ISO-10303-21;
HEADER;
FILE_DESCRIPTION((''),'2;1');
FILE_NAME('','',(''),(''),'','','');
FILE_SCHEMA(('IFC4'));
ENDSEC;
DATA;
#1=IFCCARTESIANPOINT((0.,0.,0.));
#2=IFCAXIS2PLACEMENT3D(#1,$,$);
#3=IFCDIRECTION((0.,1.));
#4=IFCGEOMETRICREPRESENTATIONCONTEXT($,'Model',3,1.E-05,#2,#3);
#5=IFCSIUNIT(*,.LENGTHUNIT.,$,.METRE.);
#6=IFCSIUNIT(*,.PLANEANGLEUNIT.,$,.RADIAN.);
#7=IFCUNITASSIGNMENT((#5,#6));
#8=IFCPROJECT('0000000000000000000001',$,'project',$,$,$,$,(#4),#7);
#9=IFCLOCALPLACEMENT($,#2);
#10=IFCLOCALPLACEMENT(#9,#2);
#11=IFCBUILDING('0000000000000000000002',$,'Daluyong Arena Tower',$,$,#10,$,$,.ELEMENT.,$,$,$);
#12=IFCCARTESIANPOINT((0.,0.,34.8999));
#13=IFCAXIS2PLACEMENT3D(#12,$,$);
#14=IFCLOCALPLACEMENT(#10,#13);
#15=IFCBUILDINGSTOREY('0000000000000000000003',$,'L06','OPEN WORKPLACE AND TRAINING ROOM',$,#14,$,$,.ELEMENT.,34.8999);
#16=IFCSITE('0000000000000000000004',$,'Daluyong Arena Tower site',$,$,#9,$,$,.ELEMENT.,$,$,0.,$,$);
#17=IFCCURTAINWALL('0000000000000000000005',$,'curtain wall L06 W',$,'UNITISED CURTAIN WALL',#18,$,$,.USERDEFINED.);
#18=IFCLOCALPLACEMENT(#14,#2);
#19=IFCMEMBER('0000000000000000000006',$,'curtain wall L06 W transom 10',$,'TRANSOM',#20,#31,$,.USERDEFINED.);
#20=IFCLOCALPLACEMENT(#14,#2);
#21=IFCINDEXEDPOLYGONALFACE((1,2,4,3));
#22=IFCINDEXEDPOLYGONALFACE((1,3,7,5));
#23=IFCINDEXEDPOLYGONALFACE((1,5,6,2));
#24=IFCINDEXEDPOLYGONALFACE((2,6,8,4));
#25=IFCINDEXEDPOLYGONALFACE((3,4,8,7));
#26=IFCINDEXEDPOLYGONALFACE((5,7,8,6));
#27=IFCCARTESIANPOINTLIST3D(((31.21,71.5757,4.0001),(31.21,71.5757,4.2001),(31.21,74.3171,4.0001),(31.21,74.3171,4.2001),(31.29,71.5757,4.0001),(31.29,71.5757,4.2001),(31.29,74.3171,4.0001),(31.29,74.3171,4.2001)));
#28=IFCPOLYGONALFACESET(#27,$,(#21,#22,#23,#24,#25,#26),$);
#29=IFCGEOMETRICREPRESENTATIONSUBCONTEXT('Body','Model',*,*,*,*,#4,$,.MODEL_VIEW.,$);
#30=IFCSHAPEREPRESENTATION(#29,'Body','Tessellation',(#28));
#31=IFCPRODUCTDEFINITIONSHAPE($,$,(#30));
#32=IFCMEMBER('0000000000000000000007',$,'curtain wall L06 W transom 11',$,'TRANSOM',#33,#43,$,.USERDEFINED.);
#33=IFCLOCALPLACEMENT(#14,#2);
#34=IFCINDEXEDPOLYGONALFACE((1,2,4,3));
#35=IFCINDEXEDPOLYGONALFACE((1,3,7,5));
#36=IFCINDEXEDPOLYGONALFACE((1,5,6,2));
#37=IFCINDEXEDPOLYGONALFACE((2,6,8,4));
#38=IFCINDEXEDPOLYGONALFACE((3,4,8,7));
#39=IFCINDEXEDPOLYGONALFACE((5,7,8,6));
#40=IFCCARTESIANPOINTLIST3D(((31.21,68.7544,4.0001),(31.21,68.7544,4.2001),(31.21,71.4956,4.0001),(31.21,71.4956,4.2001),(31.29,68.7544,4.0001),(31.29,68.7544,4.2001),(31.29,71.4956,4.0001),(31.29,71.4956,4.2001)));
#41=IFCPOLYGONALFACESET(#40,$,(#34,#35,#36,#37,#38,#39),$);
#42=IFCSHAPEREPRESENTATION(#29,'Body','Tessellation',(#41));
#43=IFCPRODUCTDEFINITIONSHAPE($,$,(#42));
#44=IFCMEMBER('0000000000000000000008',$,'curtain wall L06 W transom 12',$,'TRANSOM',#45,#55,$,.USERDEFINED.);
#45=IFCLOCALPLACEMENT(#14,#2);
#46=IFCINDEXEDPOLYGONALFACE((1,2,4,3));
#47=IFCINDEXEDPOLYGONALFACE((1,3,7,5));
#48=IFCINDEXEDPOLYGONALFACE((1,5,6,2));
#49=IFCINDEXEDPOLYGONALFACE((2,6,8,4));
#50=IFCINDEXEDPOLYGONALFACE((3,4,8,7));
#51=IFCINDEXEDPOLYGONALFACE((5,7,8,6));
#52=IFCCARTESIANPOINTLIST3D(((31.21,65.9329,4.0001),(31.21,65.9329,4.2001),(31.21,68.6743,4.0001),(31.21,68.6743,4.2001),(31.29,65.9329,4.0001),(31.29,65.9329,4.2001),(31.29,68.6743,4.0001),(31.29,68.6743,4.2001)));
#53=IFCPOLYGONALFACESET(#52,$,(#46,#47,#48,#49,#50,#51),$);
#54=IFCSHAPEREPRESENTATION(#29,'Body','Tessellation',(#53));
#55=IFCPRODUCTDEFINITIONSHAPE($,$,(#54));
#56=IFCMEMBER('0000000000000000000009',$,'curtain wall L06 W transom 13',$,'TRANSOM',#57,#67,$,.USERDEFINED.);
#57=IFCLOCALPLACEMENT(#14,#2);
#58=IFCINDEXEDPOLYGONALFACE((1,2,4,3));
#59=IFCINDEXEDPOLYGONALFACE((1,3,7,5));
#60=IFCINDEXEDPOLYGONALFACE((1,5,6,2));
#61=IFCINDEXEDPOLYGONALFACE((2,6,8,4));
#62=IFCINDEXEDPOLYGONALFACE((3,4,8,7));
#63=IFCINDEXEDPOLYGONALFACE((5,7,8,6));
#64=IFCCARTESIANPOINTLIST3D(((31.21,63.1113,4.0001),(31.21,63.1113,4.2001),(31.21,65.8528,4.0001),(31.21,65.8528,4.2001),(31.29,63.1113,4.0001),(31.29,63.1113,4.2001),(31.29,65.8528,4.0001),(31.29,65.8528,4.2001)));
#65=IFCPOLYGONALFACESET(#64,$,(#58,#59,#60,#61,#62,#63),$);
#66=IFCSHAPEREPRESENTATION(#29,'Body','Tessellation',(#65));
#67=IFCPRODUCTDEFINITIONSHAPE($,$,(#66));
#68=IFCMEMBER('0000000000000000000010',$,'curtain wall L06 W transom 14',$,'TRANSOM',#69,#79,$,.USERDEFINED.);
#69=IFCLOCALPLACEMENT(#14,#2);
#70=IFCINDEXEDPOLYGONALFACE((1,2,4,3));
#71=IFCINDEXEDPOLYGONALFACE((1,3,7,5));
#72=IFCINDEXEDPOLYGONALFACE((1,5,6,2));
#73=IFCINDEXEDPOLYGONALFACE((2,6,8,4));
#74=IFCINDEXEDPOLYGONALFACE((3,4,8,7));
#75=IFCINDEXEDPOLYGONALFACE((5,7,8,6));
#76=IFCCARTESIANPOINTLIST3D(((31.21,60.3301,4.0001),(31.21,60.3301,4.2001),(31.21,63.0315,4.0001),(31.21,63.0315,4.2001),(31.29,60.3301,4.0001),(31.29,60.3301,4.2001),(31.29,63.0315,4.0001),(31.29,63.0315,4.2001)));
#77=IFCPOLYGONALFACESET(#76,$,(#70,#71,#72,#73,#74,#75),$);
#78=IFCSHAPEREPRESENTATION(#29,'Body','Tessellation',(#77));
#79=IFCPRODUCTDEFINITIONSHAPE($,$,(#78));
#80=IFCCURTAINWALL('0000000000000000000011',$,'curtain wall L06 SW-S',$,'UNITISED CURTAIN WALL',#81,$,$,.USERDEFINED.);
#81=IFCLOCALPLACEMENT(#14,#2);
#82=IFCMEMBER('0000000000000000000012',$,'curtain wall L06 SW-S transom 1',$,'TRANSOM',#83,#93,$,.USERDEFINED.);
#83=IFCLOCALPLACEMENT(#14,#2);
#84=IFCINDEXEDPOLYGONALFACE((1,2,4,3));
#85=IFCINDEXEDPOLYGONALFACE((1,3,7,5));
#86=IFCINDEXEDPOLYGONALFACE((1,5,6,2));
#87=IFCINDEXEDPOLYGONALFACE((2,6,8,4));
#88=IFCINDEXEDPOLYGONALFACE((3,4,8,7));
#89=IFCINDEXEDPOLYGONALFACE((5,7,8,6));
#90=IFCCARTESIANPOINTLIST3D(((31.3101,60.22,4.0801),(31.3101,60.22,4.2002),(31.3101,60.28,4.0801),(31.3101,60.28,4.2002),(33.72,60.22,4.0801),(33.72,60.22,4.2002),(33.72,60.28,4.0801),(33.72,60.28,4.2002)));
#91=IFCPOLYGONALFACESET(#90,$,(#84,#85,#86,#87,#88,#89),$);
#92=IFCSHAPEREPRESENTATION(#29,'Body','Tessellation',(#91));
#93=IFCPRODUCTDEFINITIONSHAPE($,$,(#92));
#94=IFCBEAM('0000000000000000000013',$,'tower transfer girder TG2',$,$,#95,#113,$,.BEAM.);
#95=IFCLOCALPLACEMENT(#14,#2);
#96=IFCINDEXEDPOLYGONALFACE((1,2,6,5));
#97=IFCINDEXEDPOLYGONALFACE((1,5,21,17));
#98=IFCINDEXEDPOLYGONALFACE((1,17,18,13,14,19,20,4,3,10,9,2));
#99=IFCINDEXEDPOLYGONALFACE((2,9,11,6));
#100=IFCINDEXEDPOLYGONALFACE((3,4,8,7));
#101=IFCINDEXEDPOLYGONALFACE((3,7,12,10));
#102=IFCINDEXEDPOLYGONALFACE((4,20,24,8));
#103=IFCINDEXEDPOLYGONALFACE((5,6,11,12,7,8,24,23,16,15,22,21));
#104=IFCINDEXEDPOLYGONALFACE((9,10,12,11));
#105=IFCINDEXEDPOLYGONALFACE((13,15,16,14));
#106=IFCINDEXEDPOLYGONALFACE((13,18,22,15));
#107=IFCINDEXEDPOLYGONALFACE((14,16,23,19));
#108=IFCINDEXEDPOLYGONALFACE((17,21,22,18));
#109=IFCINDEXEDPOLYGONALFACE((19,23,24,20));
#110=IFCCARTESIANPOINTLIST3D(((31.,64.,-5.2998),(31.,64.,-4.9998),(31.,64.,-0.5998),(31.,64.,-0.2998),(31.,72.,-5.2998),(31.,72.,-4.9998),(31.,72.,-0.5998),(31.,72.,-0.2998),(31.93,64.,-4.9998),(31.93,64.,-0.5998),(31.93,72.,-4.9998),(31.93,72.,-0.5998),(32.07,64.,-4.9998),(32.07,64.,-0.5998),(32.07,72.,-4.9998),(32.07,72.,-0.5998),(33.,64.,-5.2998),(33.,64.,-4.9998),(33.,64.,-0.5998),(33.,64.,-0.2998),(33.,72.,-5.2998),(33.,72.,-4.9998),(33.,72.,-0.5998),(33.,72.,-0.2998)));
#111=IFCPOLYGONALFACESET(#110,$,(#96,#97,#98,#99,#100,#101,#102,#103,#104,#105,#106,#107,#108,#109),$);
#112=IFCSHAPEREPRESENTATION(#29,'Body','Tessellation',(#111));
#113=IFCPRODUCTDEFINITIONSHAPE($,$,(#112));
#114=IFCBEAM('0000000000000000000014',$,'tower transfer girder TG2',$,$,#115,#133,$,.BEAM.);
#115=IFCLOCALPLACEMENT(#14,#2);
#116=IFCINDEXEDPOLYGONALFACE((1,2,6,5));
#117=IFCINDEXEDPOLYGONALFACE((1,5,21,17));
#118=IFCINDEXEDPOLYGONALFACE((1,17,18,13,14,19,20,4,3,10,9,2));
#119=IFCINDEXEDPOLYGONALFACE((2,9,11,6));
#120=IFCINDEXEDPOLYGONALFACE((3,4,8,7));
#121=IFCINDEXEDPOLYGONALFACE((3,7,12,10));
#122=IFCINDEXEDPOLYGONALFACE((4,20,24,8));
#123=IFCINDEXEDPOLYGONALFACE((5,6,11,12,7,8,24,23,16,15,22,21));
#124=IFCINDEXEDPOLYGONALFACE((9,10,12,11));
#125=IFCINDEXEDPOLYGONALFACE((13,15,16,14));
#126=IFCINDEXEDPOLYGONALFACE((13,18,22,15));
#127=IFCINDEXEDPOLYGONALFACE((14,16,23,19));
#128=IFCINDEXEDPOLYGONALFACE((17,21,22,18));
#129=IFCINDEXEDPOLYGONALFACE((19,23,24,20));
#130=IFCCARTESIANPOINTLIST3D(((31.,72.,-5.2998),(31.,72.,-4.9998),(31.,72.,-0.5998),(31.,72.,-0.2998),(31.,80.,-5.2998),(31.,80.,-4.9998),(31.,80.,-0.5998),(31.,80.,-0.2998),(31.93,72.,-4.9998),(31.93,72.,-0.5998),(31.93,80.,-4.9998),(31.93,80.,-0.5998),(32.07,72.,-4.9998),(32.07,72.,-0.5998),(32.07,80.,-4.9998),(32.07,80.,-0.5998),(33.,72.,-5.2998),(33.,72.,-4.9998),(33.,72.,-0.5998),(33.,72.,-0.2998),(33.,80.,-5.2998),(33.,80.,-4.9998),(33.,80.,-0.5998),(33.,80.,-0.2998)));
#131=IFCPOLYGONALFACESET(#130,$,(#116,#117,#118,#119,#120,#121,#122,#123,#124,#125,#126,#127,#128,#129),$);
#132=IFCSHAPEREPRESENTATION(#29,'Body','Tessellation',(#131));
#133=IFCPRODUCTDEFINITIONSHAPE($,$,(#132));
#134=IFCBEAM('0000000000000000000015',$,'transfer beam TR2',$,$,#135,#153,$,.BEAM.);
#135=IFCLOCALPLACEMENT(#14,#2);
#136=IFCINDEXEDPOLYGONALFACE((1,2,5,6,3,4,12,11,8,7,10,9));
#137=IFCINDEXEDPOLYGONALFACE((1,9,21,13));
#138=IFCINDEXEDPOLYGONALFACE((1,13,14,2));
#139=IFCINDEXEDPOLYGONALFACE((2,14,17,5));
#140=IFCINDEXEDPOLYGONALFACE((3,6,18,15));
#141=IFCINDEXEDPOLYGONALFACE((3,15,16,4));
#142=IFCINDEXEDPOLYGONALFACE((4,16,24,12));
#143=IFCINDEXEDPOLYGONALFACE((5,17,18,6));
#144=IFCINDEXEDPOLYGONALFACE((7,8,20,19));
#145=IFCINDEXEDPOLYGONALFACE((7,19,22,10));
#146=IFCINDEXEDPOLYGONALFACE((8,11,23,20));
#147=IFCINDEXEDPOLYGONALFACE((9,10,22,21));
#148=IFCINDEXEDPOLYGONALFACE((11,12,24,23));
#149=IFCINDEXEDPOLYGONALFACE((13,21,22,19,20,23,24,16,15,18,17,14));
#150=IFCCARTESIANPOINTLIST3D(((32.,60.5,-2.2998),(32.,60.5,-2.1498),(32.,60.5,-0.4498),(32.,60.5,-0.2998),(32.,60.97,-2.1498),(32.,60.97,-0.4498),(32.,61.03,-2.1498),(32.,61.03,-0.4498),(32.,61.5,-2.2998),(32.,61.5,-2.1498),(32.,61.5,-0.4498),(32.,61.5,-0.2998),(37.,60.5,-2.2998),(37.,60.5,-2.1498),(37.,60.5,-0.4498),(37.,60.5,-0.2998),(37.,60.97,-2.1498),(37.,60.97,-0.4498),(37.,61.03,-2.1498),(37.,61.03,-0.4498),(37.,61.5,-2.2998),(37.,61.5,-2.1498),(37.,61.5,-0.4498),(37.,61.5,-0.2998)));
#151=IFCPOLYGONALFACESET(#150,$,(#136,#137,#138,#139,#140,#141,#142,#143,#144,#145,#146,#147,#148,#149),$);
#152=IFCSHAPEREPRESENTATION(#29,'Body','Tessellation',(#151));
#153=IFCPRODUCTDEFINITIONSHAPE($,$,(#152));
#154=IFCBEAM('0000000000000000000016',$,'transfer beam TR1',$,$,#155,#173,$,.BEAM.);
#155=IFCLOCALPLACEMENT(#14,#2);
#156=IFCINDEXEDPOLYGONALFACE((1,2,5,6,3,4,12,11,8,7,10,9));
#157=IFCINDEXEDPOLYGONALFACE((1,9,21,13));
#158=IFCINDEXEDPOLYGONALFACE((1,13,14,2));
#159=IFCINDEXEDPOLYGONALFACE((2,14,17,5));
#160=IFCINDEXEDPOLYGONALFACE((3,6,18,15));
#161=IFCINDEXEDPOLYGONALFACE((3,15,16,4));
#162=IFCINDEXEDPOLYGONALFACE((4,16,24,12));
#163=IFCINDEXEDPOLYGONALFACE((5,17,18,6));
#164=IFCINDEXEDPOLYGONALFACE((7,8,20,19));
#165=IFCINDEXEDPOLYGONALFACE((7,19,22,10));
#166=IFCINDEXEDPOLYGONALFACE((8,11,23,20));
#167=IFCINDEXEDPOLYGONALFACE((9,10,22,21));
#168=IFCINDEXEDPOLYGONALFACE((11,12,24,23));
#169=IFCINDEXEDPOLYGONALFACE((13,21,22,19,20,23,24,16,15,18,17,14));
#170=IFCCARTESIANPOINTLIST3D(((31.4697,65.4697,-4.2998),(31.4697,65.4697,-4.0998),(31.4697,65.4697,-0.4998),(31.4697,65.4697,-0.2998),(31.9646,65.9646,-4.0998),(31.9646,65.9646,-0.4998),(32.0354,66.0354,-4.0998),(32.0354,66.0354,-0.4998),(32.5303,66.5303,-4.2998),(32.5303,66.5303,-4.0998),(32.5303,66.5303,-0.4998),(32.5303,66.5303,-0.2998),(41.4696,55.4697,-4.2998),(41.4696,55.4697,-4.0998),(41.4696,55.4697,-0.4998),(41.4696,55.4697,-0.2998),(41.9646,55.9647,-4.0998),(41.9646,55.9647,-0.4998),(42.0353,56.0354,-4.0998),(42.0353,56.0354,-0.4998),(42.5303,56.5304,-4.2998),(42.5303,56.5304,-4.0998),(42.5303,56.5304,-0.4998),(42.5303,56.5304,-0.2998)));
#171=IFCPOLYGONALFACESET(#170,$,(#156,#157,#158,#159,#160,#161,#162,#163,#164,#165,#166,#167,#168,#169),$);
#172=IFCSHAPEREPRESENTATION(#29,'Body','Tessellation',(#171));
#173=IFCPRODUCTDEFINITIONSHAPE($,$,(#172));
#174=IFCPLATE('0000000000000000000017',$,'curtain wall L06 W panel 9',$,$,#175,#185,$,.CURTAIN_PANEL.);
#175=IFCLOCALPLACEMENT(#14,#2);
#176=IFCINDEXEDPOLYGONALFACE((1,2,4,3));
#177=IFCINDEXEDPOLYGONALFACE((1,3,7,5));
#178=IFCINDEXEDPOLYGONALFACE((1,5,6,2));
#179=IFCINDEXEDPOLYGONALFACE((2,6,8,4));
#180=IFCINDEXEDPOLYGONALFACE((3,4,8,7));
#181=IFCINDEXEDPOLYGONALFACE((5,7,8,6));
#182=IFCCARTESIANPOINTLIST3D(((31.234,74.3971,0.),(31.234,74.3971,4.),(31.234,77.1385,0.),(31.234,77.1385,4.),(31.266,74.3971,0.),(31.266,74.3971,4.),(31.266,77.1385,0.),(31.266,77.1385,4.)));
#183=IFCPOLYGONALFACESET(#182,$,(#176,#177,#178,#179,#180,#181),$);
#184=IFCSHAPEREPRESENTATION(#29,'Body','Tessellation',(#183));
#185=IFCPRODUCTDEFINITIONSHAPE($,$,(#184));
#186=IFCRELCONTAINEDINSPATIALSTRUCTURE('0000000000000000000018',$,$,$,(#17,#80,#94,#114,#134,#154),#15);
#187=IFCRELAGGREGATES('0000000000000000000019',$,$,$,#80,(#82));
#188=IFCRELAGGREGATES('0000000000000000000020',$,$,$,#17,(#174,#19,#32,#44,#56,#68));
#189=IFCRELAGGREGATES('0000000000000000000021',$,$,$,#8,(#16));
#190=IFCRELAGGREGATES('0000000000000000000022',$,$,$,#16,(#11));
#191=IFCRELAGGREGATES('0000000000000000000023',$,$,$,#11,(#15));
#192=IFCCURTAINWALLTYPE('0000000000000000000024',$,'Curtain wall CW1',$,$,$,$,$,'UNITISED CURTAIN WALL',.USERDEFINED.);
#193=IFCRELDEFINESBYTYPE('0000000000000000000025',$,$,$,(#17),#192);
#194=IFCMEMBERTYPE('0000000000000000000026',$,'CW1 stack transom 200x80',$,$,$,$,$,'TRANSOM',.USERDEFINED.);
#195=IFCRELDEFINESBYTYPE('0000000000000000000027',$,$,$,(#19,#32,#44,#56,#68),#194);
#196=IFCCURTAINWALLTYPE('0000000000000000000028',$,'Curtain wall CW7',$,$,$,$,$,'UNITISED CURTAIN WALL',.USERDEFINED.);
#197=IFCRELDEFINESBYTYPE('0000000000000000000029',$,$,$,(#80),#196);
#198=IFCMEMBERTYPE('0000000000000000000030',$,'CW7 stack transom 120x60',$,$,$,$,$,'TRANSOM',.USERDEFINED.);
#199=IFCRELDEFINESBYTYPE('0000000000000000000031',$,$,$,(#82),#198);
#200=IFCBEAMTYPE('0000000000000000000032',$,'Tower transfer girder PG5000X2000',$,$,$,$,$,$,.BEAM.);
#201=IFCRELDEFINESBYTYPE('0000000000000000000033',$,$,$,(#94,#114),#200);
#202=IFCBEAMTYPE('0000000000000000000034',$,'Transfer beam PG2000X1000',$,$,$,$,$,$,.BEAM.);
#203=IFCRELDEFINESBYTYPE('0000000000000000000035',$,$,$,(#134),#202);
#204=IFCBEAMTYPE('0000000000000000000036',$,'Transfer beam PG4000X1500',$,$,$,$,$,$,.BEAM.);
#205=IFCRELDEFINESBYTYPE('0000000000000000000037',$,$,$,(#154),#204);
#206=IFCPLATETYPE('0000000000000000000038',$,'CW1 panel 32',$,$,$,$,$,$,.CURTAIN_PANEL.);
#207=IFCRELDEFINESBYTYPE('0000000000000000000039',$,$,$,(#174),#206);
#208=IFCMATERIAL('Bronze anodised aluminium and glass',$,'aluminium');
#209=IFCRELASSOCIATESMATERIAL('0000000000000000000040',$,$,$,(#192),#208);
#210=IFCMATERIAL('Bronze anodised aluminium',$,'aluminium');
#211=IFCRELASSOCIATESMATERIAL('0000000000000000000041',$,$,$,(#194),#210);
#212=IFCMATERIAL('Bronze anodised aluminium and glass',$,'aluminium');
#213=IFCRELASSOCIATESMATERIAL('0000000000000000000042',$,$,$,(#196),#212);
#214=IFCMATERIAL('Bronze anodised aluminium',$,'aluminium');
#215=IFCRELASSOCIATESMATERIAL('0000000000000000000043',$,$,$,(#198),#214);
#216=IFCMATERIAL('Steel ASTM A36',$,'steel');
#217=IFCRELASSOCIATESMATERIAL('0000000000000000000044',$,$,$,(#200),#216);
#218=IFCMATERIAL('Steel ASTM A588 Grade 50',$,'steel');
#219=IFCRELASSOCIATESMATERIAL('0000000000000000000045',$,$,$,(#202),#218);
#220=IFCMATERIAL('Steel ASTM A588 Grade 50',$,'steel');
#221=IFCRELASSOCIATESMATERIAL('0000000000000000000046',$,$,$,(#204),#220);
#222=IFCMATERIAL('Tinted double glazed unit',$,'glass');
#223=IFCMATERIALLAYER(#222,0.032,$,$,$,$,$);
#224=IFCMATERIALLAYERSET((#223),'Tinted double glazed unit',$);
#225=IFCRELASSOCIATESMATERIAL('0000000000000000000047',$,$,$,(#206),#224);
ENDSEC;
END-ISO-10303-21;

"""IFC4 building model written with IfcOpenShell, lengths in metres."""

from ifc_helpers import new_model, si_unit, direction, frame, origin, origin_2d, place, context, subcontext, project, spatial, rectangle, i_section, extrude, material, layer, layer_set, material_profile, profile_set, type_object, element, aggregate, save


model = new_model("IFC4")

# Units and contexts
model_context = context("Model", 3, precision=1e-05, world=origin(), true_north=direction((0.0, 1.0)))
body_context = subcontext(model_context, "Body", "Model", "MODEL_VIEW")
ifc_project = project(units=[si_unit("LENGTHUNIT", "METRE"), si_unit("PLANEANGLEUNIT", "RADIAN")], contexts=[model_context])

# Site, building, storey
site_placement = place(None, origin())
site = spatial("IfcSite", under=ifc_project, at=site_placement, Name="Daluyong Arena Tower site", CompositionType="ELEMENT", RefElevation=0.0)
building_placement = place(site_placement, origin())
building = spatial("IfcBuilding", under=site, at=building_placement, Name="Daluyong Arena Tower", CompositionType="ELEMENT")
storey_placement = place(building_placement, frame((0.0, 0.0, 34.8999)))
storey = spatial("IfcBuildingStorey", under=building, at=storey_placement, Name="L06", Description="OPEN WORKPLACE AND TRAINING ROOM", CompositionType="ELEMENT", Elevation=34.8999)

# Curtain wall, members
ifc_material_1 = material(Name="Bronze anodised aluminium and glass", Category="aluminium")
curtain_wall_type_1 = type_object("IfcCurtainWallType", Name="Curtain wall CW1", ElementType="UNITISED CURTAIN WALL", PredefinedType="USERDEFINED", material=ifc_material_1)
curtain_wall_1_placement = place(storey_placement, origin())
curtain_wall_1 = element("IfcCurtainWall", 1, at=curtain_wall_1_placement, inside=storey, type_object=curtain_wall_type_1, Name="curtain wall L06 W", ObjectType="UNITISED CURTAIN WALL", PredefinedType="USERDEFINED")
ifc_material_2 = material(Name="Bronze anodised aluminium", Category="aluminium")
ifc_material_profile_1 = material_profile(ifc_material_2, rectangle(XDim=0.0801, YDim=0.2, at=origin_2d()))
ifc_profile_set_1 = profile_set([ifc_material_profile_1], Name="Bronze anodised aluminium")
member_type_1 = type_object("IfcMemberType", Name="CW1 stack transom 200x80", ElementType="TRANSOM", PredefinedType="USERDEFINED", material=ifc_profile_set_1)
member_1_placement = place(storey_placement, frame((31.25, 74.3171, 4.1001), z_axis=(0.0, -1.0, 0.0), x_axis=(1.0, 0.0, 0.0)))
member_1 = element("IfcMember", 2, at=member_1_placement, type_object=member_type_1, Name="curtain wall L06 W transom 10", ObjectType="TRANSOM", PredefinedType="USERDEFINED", context=body_context, shape_type="SweptSolid", body=[
    extrude(rectangle(XDim=0.0801, YDim=0.2, at=origin_2d()), origin(), (0.0, 0.0, 1.0), 2.7415),
])
member_2_placement = place(storey_placement, frame((31.25, 71.4956, 4.1001), z_axis=(0.0, -1.0, 0.0), x_axis=(1.0, 0.0, 0.0)))
member_2 = element("IfcMember", 3, at=member_2_placement, type_object=member_type_1, Name="curtain wall L06 W transom 11", ObjectType="TRANSOM", PredefinedType="USERDEFINED", context=body_context, shape_type="SweptSolid", body=[
    extrude(rectangle(XDim=0.0801, YDim=0.2, at=origin_2d()), origin(), (0.0, 0.0, 1.0), 2.7412),
])
member_3_placement = place(storey_placement, frame((31.25, 68.6743, 4.1001), z_axis=(0.0, -1.0, 0.0), x_axis=(1.0, 0.0, 0.0)))
member_3 = element("IfcMember", 4, at=member_3_placement, type_object=member_type_1, Name="curtain wall L06 W transom 12", ObjectType="TRANSOM", PredefinedType="USERDEFINED", context=body_context, shape_type="SweptSolid", body=[
    extrude(rectangle(XDim=0.0801, YDim=0.2, at=origin_2d()), origin(), (0.0, 0.0, 1.0), 2.7415),
])
member_4_placement = place(storey_placement, frame((31.25, 65.8528, 4.1001), z_axis=(0.0, -1.0, 0.0), x_axis=(1.0, 0.0, 0.0)))
member_4 = element("IfcMember", 5, at=member_4_placement, type_object=member_type_1, Name="curtain wall L06 W transom 13", ObjectType="TRANSOM", PredefinedType="USERDEFINED", context=body_context, shape_type="SweptSolid", body=[
    extrude(rectangle(XDim=0.0801, YDim=0.2, at=origin_2d()), origin(), (0.0, 0.0, 1.0), 2.7415),
])
member_5_placement = place(storey_placement, frame((31.25, 63.0315, 4.1001), z_axis=(0.0, -1.0, 0.0), x_axis=(1.0, 0.0, 0.0)))
member_5 = element("IfcMember", 6, at=member_5_placement, type_object=member_type_1, Name="curtain wall L06 W transom 14", ObjectType="TRANSOM", PredefinedType="USERDEFINED", context=body_context, shape_type="SweptSolid", body=[
    extrude(rectangle(XDim=0.0801, YDim=0.2, at=origin_2d()), origin(), (0.0, 0.0, 1.0), 2.7014),
])

# Curtain wall, member
ifc_material_3 = material(Name="Bronze anodised aluminium and glass", Category="aluminium")
curtain_wall_type_2 = type_object("IfcCurtainWallType", Name="Curtain wall CW7", ElementType="UNITISED CURTAIN WALL", PredefinedType="USERDEFINED", material=ifc_material_3)
curtain_wall_2_placement = place(storey_placement, origin())
curtain_wall_2 = element("IfcCurtainWall", 7, at=curtain_wall_2_placement, inside=storey, type_object=curtain_wall_type_2, Name="curtain wall L06 SW-S", ObjectType="UNITISED CURTAIN WALL", PredefinedType="USERDEFINED")
ifc_material_4 = material(Name="Bronze anodised aluminium", Category="aluminium")
ifc_material_profile_2 = material_profile(ifc_material_4, rectangle(XDim=0.0601, YDim=0.1201, at=origin_2d()))
ifc_profile_set_2 = profile_set([ifc_material_profile_2], Name="Bronze anodised aluminium")
member_type_2 = type_object("IfcMemberType", Name="CW7 stack transom 120x60", ElementType="TRANSOM", PredefinedType="USERDEFINED", material=ifc_profile_set_2)
member_6_placement = place(storey_placement, frame((31.3101, 60.25, 4.1401), z_axis=(1.0, 0.0, 0.0), x_axis=(0.0, 1.0, 0.0)))
member_6 = element("IfcMember", 8, at=member_6_placement, type_object=member_type_2, Name="curtain wall L06 SW-S transom 1", ObjectType="TRANSOM", PredefinedType="USERDEFINED", context=body_context, shape_type="SweptSolid", body=[
    extrude(rectangle(XDim=0.0601, YDim=0.1201, at=origin_2d()), origin(), (0.0, 0.0, 1.0), 2.4099),
])
aggregate(curtain_wall_2, [member_6])

# Beams
ifc_material_5 = material(Name="Steel ASTM A36", Category="steel")
ifc_material_profile_3 = material_profile(ifc_material_5, i_section(OverallWidth=2.0, OverallDepth=5.0, WebThickness=0.14, FlangeThickness=0.3, at=origin_2d()))
ifc_profile_set_3 = profile_set([ifc_material_profile_3], Name="Steel ASTM A36")
beam_type_1 = type_object("IfcBeamType", Name="Tower transfer girder PG5000X2000", PredefinedType="BEAM", material=ifc_profile_set_3)
for number, where, z_axis, x_axis, name in (
    (9, (32.0, 64.0, -2.7998), (0.0, 1.0, 0.0), (-1.0, 0.0, 0.0), "tower transfer girder TG2"),
    (10, (32.0, 72.0, -2.7998), (0.0, 1.0, 0.0), (-1.0, 0.0, 0.0), "tower transfer girder TG2"),
):
    element("IfcBeam", number, at=place(storey_placement, frame(where, z_axis=z_axis, x_axis=x_axis)), inside=storey, type_object=beam_type_1, Name=name, PredefinedType="BEAM", context=body_context, shape_type="SweptSolid", body=[
        extrude(i_section(OverallWidth=2.0, OverallDepth=5.0, WebThickness=0.14, FlangeThickness=0.3, at=origin_2d()), origin(), (0.0, 0.0, 1.0), 8.0),
    ])
ifc_material_6 = material(Name="Steel ASTM A588 Grade 50", Category="steel")
ifc_material_profile_4 = material_profile(ifc_material_6, i_section(OverallWidth=1.0, OverallDepth=2.0, WebThickness=0.06, FlangeThickness=0.15, at=origin_2d()))
ifc_profile_set_4 = profile_set([ifc_material_profile_4], Name="Steel ASTM A588 Grade 50")
beam_type_2 = type_object("IfcBeamType", Name="Transfer beam PG2000X1000", PredefinedType="BEAM", material=ifc_profile_set_4)
beam_1_placement = place(storey_placement, frame((32.0, 61.0, -1.2998), z_axis=(1.0, 0.0, 0.0), x_axis=(0.0, 1.0, 0.0)))
element("IfcBeam", 11, at=beam_1_placement, inside=storey, type_object=beam_type_2, Name="transfer beam TR2", PredefinedType="BEAM", context=body_context, shape_type="SweptSolid", body=[
    extrude(i_section(OverallWidth=1.0, OverallDepth=2.0, WebThickness=0.06, FlangeThickness=0.15, at=origin_2d()), origin(), (0.0, 0.0, 1.0), 5.0),
])
ifc_material_7 = material(Name="Steel ASTM A588 Grade 50", Category="steel")
ifc_material_profile_5 = material_profile(ifc_material_7, i_section(OverallWidth=1.5, OverallDepth=4.0, WebThickness=0.1, FlangeThickness=0.2, at=origin_2d()))
ifc_profile_set_5 = profile_set([ifc_material_profile_5], Name="Steel ASTM A588 Grade 50")
beam_type_3 = type_object("IfcBeamType", Name="Transfer beam PG4000X1500", PredefinedType="BEAM", material=ifc_profile_set_5)
beam_2_placement = place(storey_placement, frame((32.0, 66.0, -2.2998), z_axis=(0.707107, -0.707107, 0.0), x_axis=(0.707107, 0.707107, 0.0)))
element("IfcBeam", 12, at=beam_2_placement, inside=storey, type_object=beam_type_3, Name="transfer beam TR1", PredefinedType="BEAM", context=body_context, shape_type="SweptSolid", body=[
    extrude(i_section(OverallWidth=1.5, OverallDepth=4.0, WebThickness=0.1, FlangeThickness=0.2, at=origin_2d()), origin(), (0.0, 0.0, 1.0), 14.1421),
])

# Plate
ifc_material_8 = material(Name="Tinted double glazed unit", Category="glass")
ifc_layer = layer(ifc_material_8, 0.032)
ifc_layer_set = layer_set([ifc_layer], Name="Tinted double glazed unit")
plate_type = type_object("IfcPlateType", Name="CW1 panel 32", PredefinedType="CURTAIN_PANEL", material=ifc_layer_set)
plate_1_placement = place(storey_placement, frame((31.25, 75.7678, 0.0), z_axis=(0.0, 0.0, 1.0), x_axis=(0.0, -1.0, 0.0)))
plate_1 = element("IfcPlate", 13, at=plate_1_placement, type_object=plate_type, Name="curtain wall L06 W panel 9", PredefinedType="CURTAIN_PANEL", context=body_context, shape_type="SweptSolid", body=[
    extrude(rectangle(XDim=2.7415, YDim=0.032, at=origin_2d()), origin(), (0.0, 0.0, 1.0), 4.0),
])
aggregate(curtain_wall_1, [plate_1, member_1, member_2, member_3, member_4, member_5])

save(model, "model.ifc")
